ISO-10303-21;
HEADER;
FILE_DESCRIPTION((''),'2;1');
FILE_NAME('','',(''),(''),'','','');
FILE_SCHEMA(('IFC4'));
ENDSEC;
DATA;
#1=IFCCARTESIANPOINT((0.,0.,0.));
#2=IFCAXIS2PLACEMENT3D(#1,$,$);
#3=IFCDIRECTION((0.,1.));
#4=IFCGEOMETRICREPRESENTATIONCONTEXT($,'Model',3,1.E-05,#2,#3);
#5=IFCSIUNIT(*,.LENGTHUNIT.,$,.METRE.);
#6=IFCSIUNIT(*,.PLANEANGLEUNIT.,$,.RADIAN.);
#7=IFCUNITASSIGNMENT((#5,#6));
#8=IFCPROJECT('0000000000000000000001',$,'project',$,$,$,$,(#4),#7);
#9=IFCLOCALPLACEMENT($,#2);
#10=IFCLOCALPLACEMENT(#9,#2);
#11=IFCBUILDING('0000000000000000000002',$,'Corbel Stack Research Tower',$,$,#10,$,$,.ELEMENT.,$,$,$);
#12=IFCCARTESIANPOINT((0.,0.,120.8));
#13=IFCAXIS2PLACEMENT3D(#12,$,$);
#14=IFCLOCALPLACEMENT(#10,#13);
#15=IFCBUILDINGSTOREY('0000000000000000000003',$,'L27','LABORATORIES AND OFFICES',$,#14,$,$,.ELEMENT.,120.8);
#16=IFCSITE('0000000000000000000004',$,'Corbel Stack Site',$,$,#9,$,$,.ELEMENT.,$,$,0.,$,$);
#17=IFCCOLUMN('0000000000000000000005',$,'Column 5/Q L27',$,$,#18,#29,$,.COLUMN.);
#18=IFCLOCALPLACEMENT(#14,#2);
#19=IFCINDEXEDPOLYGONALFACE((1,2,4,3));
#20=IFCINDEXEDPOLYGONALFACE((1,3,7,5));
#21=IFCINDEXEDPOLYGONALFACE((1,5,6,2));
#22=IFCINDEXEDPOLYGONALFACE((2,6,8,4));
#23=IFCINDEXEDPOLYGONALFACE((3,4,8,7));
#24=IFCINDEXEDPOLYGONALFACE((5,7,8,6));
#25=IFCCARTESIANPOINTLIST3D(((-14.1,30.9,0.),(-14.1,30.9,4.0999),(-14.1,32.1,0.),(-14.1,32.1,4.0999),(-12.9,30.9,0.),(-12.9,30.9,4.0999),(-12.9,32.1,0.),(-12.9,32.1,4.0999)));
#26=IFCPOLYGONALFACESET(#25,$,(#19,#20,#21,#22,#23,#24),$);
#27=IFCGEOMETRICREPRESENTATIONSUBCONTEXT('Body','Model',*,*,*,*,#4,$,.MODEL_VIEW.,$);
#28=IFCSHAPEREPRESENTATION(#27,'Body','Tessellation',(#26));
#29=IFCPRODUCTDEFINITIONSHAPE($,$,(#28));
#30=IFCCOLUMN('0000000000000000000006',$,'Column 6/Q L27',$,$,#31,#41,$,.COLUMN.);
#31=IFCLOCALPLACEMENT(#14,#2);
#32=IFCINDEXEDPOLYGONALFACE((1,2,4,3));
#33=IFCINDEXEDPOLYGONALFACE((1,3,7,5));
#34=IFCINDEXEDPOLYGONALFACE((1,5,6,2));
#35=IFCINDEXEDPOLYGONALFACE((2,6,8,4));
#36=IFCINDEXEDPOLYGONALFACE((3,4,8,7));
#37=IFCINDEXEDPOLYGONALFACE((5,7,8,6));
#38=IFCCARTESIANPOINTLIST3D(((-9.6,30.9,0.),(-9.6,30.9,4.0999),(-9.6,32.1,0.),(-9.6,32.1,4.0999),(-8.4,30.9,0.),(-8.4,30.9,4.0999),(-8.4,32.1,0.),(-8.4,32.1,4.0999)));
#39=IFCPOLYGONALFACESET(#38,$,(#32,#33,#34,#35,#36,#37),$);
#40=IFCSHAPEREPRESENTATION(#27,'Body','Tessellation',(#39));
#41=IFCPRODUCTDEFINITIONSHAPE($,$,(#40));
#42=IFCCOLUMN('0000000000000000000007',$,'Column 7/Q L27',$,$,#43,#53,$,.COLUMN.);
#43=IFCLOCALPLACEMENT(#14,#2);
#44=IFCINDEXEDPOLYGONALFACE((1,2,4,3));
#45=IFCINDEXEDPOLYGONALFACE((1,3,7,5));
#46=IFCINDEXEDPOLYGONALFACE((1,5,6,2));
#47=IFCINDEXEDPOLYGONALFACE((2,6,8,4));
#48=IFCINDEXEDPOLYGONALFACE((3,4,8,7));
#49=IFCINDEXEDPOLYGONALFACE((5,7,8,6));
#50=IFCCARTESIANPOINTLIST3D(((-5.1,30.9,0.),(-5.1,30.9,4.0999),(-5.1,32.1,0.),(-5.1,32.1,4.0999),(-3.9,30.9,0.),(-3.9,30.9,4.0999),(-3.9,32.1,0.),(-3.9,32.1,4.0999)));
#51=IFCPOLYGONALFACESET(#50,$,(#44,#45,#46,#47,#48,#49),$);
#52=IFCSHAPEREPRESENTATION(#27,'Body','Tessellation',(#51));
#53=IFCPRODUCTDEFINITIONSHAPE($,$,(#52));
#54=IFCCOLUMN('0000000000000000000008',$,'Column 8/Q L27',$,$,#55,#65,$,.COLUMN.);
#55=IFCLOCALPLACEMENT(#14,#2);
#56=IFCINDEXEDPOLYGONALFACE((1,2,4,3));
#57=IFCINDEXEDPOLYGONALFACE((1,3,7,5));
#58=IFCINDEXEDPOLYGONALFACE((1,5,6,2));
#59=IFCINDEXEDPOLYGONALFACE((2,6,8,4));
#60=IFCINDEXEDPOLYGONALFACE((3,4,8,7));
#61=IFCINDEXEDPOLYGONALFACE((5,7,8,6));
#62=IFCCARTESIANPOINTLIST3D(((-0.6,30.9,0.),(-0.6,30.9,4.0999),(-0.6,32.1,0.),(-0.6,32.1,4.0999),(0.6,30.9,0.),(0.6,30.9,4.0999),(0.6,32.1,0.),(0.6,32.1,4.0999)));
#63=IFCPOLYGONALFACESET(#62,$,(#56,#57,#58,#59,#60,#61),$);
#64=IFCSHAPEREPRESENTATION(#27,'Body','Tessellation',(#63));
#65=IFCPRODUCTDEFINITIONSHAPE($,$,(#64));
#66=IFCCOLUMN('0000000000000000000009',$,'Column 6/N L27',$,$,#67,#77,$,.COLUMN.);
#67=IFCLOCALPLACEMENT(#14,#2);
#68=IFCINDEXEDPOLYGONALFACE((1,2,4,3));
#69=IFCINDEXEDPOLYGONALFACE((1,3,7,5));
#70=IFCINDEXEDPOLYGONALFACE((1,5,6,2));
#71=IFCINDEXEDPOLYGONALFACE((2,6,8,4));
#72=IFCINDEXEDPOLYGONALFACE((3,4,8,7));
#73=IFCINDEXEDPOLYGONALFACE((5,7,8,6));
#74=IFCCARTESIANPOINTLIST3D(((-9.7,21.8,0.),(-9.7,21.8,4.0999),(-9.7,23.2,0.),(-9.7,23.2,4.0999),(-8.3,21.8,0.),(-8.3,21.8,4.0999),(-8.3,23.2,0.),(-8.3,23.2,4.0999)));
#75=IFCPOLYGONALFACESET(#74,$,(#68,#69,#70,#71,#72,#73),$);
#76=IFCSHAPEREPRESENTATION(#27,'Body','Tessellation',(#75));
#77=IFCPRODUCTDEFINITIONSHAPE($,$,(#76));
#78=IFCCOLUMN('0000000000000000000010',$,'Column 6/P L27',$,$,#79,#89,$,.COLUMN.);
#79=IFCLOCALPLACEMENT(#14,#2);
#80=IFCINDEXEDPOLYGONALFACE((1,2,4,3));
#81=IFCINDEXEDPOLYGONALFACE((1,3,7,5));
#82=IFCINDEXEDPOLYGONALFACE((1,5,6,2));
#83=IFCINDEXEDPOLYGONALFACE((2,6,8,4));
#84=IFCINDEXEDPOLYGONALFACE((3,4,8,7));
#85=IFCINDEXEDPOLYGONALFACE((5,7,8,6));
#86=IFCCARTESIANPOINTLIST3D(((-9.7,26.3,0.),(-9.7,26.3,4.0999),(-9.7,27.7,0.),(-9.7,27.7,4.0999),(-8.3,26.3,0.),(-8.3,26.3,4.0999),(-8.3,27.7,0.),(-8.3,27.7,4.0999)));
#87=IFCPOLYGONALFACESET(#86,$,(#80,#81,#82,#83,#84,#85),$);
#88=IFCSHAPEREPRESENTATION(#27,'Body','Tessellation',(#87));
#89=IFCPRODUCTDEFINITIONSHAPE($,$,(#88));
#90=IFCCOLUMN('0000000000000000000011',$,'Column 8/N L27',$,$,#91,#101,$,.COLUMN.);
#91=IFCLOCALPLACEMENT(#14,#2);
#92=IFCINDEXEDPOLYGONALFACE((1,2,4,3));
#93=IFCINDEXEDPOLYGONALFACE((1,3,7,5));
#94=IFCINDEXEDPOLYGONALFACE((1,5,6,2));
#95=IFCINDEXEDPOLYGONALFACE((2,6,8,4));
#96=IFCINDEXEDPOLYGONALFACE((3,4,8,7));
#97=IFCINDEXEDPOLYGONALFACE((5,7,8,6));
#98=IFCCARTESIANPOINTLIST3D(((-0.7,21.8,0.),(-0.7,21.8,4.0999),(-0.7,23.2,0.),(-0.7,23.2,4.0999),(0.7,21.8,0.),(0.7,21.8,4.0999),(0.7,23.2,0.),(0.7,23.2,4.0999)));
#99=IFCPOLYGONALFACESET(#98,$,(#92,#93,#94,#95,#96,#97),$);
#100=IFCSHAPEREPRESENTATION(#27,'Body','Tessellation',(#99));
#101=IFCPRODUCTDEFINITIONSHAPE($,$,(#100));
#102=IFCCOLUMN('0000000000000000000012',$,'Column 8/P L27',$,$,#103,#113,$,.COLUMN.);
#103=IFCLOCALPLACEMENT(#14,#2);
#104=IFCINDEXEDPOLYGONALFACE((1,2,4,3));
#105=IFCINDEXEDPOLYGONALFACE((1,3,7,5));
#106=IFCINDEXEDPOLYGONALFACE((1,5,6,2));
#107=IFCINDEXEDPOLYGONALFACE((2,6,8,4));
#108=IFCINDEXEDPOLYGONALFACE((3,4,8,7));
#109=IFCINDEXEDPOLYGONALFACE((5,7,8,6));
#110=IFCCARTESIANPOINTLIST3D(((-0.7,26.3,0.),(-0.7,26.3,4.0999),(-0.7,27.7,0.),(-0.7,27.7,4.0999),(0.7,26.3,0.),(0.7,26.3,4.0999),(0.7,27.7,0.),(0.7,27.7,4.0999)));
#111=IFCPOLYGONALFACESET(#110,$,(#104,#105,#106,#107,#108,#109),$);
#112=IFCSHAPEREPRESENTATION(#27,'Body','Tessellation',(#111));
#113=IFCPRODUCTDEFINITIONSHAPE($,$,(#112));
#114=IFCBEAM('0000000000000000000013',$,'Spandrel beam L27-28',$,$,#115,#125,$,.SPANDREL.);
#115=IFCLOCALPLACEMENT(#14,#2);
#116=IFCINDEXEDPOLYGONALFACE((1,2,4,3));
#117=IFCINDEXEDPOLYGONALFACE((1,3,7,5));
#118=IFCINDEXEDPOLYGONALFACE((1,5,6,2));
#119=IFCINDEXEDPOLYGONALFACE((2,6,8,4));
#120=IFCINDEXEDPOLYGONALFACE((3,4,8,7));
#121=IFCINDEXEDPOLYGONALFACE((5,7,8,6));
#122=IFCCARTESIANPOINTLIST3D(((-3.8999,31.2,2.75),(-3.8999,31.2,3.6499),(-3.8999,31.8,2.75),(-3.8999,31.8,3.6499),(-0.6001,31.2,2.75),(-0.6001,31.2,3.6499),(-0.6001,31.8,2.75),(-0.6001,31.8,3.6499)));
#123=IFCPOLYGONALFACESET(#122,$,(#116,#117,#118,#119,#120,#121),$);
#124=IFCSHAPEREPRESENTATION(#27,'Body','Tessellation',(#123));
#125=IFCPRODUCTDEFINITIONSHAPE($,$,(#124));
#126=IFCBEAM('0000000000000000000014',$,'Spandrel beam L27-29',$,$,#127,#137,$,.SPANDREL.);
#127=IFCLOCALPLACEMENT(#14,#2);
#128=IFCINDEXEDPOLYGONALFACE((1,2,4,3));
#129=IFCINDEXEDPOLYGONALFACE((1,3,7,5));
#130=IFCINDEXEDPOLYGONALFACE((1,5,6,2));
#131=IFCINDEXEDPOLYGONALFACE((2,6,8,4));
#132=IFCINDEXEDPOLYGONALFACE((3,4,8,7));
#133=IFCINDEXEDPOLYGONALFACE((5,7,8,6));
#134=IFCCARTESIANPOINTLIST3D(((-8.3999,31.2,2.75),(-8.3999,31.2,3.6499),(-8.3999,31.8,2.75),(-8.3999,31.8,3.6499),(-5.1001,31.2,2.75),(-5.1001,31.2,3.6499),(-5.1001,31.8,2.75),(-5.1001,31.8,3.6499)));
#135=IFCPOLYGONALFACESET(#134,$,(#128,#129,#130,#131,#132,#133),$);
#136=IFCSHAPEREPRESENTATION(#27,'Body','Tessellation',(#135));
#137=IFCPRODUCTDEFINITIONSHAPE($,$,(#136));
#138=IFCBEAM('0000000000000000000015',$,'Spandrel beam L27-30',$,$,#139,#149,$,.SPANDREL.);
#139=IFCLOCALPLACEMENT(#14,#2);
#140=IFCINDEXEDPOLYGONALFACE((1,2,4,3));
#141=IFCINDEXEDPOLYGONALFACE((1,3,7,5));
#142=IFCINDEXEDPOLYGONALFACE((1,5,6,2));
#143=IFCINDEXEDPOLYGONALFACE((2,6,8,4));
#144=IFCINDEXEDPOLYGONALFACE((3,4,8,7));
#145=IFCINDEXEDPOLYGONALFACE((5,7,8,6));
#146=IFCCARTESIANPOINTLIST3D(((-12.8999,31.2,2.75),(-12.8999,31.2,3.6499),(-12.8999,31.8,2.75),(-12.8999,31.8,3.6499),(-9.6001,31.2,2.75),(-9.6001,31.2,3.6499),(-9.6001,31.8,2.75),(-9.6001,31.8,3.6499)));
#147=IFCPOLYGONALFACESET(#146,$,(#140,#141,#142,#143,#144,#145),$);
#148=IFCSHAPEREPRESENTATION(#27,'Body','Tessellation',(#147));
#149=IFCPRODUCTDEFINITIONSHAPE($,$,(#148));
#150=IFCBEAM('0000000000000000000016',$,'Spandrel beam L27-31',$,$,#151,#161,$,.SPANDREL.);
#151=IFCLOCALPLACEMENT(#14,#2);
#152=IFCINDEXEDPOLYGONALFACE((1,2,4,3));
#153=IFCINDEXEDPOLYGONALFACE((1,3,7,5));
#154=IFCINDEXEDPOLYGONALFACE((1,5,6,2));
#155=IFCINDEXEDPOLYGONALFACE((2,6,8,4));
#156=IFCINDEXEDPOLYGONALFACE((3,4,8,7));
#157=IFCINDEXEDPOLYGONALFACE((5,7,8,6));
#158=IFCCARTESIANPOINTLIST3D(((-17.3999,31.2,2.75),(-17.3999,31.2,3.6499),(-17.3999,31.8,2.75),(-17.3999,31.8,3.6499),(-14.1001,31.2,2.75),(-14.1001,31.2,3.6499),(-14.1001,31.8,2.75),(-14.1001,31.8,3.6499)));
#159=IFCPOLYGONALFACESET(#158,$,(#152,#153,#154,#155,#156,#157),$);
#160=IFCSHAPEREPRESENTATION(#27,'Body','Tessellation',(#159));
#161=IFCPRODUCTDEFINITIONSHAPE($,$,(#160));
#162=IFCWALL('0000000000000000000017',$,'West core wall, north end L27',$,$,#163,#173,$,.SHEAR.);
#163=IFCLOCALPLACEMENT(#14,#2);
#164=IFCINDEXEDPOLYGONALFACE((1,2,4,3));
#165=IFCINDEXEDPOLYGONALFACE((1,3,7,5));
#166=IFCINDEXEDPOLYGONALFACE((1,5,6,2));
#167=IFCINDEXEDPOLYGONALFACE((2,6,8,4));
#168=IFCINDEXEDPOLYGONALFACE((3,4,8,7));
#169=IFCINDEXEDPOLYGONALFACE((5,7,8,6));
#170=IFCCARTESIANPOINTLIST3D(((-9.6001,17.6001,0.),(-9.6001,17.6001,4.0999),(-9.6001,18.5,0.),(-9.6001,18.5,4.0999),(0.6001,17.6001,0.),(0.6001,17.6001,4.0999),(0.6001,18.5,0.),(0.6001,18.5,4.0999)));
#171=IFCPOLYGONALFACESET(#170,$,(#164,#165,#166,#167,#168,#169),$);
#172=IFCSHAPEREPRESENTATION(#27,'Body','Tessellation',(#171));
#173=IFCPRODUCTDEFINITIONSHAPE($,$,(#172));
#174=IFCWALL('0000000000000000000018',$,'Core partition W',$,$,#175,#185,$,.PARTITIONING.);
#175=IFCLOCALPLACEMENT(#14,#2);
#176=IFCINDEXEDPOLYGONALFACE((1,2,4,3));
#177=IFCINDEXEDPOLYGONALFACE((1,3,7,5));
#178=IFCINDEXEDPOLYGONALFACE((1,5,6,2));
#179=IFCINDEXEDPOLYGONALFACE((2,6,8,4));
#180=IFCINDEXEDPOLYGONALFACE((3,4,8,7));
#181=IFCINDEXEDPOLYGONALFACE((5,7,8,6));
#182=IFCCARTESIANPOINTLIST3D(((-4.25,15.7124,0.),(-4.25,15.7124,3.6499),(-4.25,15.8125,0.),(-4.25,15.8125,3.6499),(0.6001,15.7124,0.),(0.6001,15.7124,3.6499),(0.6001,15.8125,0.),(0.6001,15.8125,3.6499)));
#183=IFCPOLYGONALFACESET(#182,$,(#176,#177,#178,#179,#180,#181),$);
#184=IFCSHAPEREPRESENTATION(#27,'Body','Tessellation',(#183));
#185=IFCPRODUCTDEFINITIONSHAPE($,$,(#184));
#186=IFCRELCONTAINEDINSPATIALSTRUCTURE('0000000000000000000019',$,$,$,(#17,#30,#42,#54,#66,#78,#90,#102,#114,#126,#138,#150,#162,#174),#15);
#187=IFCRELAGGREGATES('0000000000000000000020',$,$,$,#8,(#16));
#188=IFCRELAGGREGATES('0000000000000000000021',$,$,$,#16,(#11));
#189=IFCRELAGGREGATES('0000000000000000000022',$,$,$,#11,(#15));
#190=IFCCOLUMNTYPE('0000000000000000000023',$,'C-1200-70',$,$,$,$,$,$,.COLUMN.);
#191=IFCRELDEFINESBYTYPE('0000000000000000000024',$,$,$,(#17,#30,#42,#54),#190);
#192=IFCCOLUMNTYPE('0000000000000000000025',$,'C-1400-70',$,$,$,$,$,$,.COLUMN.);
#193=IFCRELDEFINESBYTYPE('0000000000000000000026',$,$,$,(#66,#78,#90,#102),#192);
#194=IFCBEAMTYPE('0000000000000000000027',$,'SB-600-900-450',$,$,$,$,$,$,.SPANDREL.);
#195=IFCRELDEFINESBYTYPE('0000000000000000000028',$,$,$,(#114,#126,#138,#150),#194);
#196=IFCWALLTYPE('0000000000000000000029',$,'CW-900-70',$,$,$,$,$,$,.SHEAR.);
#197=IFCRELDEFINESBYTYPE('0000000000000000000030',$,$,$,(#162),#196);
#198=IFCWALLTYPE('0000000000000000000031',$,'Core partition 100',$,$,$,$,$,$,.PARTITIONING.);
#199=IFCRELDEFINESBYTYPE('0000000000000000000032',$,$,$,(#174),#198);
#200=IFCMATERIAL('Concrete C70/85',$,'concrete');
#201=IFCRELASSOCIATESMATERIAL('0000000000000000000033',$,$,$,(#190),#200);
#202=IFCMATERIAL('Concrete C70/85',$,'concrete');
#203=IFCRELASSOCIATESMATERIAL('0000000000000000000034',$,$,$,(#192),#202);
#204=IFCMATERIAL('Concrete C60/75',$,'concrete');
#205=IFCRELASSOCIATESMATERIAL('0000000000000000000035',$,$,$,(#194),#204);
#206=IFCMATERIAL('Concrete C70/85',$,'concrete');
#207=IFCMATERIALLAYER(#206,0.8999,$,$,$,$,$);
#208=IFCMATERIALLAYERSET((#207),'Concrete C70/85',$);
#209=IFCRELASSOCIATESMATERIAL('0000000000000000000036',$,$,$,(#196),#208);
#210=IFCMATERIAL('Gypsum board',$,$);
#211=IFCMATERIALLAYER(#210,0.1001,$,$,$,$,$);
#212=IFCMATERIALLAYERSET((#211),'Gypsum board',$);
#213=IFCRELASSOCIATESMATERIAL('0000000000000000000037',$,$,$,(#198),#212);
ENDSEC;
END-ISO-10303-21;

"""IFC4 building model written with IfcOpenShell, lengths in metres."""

from ifc_helpers import new_model, si_unit, direction, frame, frame_2d, origin, origin_2d, place, context, subcontext, project, spatial, rectangle, extrude, material, layer, layer_set, material_profile, profile_set, type_object, element, save


model = new_model("IFC4")

# Units and contexts
model_context = context("Model", 3, precision=1e-05, world=origin(), true_north=direction((0.0, 1.0)))
body_context = subcontext(model_context, "Body", "Model", "MODEL_VIEW")
ifc_project = project(units=[si_unit("LENGTHUNIT", "METRE"), si_unit("PLANEANGLEUNIT", "RADIAN")], contexts=[model_context])

# Site, building, storey
site_placement = place(None, origin())
site = spatial("IfcSite", under=ifc_project, at=site_placement, Name="Corbel Stack Site", CompositionType="ELEMENT", RefElevation=0.0)
building_placement = place(site_placement, origin())
building = spatial("IfcBuilding", under=site, at=building_placement, Name="Corbel Stack Research Tower", CompositionType="ELEMENT")
storey_placement = place(building_placement, frame((0.0, 0.0, 120.8)))
storey = spatial("IfcBuildingStorey", under=building, at=storey_placement, Name="L27", Description="LABORATORIES AND OFFICES", CompositionType="ELEMENT", Elevation=120.8)

# Columns
ifc_material_1 = material(Name="Concrete C70/85", Category="concrete")
ifc_material_profile_1 = material_profile(ifc_material_1, rectangle(XDim=1.2, YDim=1.2, at=origin_2d()), Name="RC 1200 x 1200")
ifc_profile_set_1 = profile_set([ifc_material_profile_1], Name="Concrete C70/85")
column_type_1 = type_object("IfcColumnType", Name="C-1200-70", PredefinedType="COLUMN", material=ifc_profile_set_1)
for number, where, z_axis, x_axis, name in (
    (1, (-13.5, 31.5, 0.0), (0.0, 0.0, 1.0), (1.0, 0.0, 0.0), "Column 5/Q L27"),
    (2, (-9.0, 31.5, 0.0), (0.0, 0.0, 1.0), (1.0, 0.0, 0.0), "Column 6/Q L27"),
    (3, (-4.5, 31.5, 0.0), (0.0, 0.0, 1.0), (1.0, 0.0, 0.0), "Column 7/Q L27"),
    (4, (0.0, 31.5, 0.0), (0.0, 0.0, 1.0), (1.0, 0.0, 0.0), "Column 8/Q L27"),
):
    element("IfcColumn", number, at=place(storey_placement, frame(where, z_axis=z_axis, x_axis=x_axis)), inside=storey, type_object=column_type_1, Name=name, PredefinedType="COLUMN", context=body_context, shape_type="SweptSolid", body=[
        extrude(rectangle(XDim=1.2, YDim=1.2, at=origin_2d()), origin(), (0.0, 0.0, 1.0), 4.0999),
    ])
ifc_material_2 = material(Name="Concrete C70/85", Category="concrete")
ifc_material_profile_2 = material_profile(ifc_material_2, rectangle(XDim=1.3999, YDim=1.3999, at=origin_2d()), Name="RC 1400 x 1400")
ifc_profile_set_2 = profile_set([ifc_material_profile_2], Name="Concrete C70/85")
column_type_2 = type_object("IfcColumnType", Name="C-1400-70", PredefinedType="COLUMN", material=ifc_profile_set_2)
for number, where, z_axis, x_axis, name in (
    (5, (-9.0, 22.5, 0.0), (0.0, 0.0, 1.0), (1.0, 0.0, 0.0), "Column 6/N L27"),
    (6, (-9.0, 27.0, 0.0), (0.0, 0.0, 1.0), (1.0, 0.0, 0.0), "Column 6/P L27"),
    (7, (0.0, 22.5, 0.0), (0.0, 0.0, 1.0), (1.0, 0.0, 0.0), "Column 8/N L27"),
    (8, (0.0, 27.0, 0.0), (0.0, 0.0, 1.0), (1.0, 0.0, 0.0), "Column 8/P L27"),
):
    element("IfcColumn", number, at=place(storey_placement, frame(where, z_axis=z_axis, x_axis=x_axis)), inside=storey, type_object=column_type_2, Name=name, PredefinedType="COLUMN", context=body_context, shape_type="SweptSolid", body=[
        extrude(rectangle(XDim=1.3999, YDim=1.3999, at=origin_2d()), origin(), (0.0, 0.0, 1.0), 4.0999),
    ])

# Beams
ifc_material_3 = material(Name="Concrete C60/75", Category="concrete")
ifc_material_profile_3 = material_profile(ifc_material_3, rectangle(XDim=0.6001, YDim=0.8999, at=origin_2d()), Name="RC 600 x 900")
ifc_profile_set_3 = profile_set([ifc_material_profile_3], Name="Concrete C60/75")
beam_type = type_object("IfcBeamType", Name="SB-600-900-450", PredefinedType="SPANDREL", material=ifc_profile_set_3)
for number, where, z_axis, x_axis, name in (
    (9, (-0.6001, 31.5, 3.2), (-1.0, 0.0, 0.0), (0.0, -1.0, 0.0), "Spandrel beam L27-28"),
    (10, (-5.1001, 31.5, 3.2), (-1.0, 0.0, 0.0), (0.0, -1.0, 0.0), "Spandrel beam L27-29"),
    (11, (-9.6001, 31.5, 3.2), (-1.0, 0.0, 0.0), (0.0, -1.0, 0.0), "Spandrel beam L27-30"),
    (12, (-14.1001, 31.5, 3.2), (-1.0, 0.0, 0.0), (0.0, -1.0, 0.0), "Spandrel beam L27-31"),
):
    element("IfcBeam", number, at=place(storey_placement, frame(where, z_axis=z_axis, x_axis=x_axis)), inside=storey, type_object=beam_type, Name=name, PredefinedType="SPANDREL", context=body_context, shape_type="SweptSolid", body=[
        extrude(rectangle(XDim=0.6001, YDim=0.8999, at=origin_2d()), origin(), (0.0, 0.0, 1.0), 3.2998),
    ])

# Walls
ifc_material_4 = material(Name="Concrete C70/85", Category="concrete")
ifc_layer_1 = layer(ifc_material_4, 0.8999)
ifc_layer_set_1 = layer_set([ifc_layer_1], Name="Concrete C70/85")
wall_type_1 = type_object("IfcWallType", Name="CW-900-70", PredefinedType="SHEAR", material=ifc_layer_set_1)
wall_1_placement = place(storey_placement, frame((-9.6001, 18.05, 0.0), z_axis=(0.0, 0.0, 1.0), x_axis=(1.0, 0.0, 0.0)))
element("IfcWall", 13, at=wall_1_placement, inside=storey, type_object=wall_type_1, Name="West core wall, north end L27", PredefinedType="SHEAR", context=body_context, shape_type="SweptSolid", body=[
    extrude(rectangle(XDim=10.2002, YDim=0.8999, at=frame_2d((5.1001, 0.0))), origin(), (0.0, 0.0, 1.0), 4.0999),
])
ifc_material_5 = material(Name="Gypsum board")
ifc_layer_2 = layer(ifc_material_5, 0.1001)
ifc_layer_set_2 = layer_set([ifc_layer_2], Name="Gypsum board")
wall_type_2 = type_object("IfcWallType", Name="Core partition 100", PredefinedType="PARTITIONING", material=ifc_layer_set_2)
wall_2_placement = place(storey_placement, frame((-4.25, 15.7625, 0.0), z_axis=(0.0, 0.0, 1.0), x_axis=(1.0, 0.0, 0.0)))
element("IfcWall", 14, at=wall_2_placement, inside=storey, type_object=wall_type_2, Name="Core partition W", PredefinedType="PARTITIONING", context=body_context, shape_type="SweptSolid", body=[
    extrude(rectangle(XDim=4.8501, YDim=0.1001, at=frame_2d((2.425, 0.0))), origin(), (0.0, 0.0, 1.0), 3.6499),
])

save(model, "model.ifc")
